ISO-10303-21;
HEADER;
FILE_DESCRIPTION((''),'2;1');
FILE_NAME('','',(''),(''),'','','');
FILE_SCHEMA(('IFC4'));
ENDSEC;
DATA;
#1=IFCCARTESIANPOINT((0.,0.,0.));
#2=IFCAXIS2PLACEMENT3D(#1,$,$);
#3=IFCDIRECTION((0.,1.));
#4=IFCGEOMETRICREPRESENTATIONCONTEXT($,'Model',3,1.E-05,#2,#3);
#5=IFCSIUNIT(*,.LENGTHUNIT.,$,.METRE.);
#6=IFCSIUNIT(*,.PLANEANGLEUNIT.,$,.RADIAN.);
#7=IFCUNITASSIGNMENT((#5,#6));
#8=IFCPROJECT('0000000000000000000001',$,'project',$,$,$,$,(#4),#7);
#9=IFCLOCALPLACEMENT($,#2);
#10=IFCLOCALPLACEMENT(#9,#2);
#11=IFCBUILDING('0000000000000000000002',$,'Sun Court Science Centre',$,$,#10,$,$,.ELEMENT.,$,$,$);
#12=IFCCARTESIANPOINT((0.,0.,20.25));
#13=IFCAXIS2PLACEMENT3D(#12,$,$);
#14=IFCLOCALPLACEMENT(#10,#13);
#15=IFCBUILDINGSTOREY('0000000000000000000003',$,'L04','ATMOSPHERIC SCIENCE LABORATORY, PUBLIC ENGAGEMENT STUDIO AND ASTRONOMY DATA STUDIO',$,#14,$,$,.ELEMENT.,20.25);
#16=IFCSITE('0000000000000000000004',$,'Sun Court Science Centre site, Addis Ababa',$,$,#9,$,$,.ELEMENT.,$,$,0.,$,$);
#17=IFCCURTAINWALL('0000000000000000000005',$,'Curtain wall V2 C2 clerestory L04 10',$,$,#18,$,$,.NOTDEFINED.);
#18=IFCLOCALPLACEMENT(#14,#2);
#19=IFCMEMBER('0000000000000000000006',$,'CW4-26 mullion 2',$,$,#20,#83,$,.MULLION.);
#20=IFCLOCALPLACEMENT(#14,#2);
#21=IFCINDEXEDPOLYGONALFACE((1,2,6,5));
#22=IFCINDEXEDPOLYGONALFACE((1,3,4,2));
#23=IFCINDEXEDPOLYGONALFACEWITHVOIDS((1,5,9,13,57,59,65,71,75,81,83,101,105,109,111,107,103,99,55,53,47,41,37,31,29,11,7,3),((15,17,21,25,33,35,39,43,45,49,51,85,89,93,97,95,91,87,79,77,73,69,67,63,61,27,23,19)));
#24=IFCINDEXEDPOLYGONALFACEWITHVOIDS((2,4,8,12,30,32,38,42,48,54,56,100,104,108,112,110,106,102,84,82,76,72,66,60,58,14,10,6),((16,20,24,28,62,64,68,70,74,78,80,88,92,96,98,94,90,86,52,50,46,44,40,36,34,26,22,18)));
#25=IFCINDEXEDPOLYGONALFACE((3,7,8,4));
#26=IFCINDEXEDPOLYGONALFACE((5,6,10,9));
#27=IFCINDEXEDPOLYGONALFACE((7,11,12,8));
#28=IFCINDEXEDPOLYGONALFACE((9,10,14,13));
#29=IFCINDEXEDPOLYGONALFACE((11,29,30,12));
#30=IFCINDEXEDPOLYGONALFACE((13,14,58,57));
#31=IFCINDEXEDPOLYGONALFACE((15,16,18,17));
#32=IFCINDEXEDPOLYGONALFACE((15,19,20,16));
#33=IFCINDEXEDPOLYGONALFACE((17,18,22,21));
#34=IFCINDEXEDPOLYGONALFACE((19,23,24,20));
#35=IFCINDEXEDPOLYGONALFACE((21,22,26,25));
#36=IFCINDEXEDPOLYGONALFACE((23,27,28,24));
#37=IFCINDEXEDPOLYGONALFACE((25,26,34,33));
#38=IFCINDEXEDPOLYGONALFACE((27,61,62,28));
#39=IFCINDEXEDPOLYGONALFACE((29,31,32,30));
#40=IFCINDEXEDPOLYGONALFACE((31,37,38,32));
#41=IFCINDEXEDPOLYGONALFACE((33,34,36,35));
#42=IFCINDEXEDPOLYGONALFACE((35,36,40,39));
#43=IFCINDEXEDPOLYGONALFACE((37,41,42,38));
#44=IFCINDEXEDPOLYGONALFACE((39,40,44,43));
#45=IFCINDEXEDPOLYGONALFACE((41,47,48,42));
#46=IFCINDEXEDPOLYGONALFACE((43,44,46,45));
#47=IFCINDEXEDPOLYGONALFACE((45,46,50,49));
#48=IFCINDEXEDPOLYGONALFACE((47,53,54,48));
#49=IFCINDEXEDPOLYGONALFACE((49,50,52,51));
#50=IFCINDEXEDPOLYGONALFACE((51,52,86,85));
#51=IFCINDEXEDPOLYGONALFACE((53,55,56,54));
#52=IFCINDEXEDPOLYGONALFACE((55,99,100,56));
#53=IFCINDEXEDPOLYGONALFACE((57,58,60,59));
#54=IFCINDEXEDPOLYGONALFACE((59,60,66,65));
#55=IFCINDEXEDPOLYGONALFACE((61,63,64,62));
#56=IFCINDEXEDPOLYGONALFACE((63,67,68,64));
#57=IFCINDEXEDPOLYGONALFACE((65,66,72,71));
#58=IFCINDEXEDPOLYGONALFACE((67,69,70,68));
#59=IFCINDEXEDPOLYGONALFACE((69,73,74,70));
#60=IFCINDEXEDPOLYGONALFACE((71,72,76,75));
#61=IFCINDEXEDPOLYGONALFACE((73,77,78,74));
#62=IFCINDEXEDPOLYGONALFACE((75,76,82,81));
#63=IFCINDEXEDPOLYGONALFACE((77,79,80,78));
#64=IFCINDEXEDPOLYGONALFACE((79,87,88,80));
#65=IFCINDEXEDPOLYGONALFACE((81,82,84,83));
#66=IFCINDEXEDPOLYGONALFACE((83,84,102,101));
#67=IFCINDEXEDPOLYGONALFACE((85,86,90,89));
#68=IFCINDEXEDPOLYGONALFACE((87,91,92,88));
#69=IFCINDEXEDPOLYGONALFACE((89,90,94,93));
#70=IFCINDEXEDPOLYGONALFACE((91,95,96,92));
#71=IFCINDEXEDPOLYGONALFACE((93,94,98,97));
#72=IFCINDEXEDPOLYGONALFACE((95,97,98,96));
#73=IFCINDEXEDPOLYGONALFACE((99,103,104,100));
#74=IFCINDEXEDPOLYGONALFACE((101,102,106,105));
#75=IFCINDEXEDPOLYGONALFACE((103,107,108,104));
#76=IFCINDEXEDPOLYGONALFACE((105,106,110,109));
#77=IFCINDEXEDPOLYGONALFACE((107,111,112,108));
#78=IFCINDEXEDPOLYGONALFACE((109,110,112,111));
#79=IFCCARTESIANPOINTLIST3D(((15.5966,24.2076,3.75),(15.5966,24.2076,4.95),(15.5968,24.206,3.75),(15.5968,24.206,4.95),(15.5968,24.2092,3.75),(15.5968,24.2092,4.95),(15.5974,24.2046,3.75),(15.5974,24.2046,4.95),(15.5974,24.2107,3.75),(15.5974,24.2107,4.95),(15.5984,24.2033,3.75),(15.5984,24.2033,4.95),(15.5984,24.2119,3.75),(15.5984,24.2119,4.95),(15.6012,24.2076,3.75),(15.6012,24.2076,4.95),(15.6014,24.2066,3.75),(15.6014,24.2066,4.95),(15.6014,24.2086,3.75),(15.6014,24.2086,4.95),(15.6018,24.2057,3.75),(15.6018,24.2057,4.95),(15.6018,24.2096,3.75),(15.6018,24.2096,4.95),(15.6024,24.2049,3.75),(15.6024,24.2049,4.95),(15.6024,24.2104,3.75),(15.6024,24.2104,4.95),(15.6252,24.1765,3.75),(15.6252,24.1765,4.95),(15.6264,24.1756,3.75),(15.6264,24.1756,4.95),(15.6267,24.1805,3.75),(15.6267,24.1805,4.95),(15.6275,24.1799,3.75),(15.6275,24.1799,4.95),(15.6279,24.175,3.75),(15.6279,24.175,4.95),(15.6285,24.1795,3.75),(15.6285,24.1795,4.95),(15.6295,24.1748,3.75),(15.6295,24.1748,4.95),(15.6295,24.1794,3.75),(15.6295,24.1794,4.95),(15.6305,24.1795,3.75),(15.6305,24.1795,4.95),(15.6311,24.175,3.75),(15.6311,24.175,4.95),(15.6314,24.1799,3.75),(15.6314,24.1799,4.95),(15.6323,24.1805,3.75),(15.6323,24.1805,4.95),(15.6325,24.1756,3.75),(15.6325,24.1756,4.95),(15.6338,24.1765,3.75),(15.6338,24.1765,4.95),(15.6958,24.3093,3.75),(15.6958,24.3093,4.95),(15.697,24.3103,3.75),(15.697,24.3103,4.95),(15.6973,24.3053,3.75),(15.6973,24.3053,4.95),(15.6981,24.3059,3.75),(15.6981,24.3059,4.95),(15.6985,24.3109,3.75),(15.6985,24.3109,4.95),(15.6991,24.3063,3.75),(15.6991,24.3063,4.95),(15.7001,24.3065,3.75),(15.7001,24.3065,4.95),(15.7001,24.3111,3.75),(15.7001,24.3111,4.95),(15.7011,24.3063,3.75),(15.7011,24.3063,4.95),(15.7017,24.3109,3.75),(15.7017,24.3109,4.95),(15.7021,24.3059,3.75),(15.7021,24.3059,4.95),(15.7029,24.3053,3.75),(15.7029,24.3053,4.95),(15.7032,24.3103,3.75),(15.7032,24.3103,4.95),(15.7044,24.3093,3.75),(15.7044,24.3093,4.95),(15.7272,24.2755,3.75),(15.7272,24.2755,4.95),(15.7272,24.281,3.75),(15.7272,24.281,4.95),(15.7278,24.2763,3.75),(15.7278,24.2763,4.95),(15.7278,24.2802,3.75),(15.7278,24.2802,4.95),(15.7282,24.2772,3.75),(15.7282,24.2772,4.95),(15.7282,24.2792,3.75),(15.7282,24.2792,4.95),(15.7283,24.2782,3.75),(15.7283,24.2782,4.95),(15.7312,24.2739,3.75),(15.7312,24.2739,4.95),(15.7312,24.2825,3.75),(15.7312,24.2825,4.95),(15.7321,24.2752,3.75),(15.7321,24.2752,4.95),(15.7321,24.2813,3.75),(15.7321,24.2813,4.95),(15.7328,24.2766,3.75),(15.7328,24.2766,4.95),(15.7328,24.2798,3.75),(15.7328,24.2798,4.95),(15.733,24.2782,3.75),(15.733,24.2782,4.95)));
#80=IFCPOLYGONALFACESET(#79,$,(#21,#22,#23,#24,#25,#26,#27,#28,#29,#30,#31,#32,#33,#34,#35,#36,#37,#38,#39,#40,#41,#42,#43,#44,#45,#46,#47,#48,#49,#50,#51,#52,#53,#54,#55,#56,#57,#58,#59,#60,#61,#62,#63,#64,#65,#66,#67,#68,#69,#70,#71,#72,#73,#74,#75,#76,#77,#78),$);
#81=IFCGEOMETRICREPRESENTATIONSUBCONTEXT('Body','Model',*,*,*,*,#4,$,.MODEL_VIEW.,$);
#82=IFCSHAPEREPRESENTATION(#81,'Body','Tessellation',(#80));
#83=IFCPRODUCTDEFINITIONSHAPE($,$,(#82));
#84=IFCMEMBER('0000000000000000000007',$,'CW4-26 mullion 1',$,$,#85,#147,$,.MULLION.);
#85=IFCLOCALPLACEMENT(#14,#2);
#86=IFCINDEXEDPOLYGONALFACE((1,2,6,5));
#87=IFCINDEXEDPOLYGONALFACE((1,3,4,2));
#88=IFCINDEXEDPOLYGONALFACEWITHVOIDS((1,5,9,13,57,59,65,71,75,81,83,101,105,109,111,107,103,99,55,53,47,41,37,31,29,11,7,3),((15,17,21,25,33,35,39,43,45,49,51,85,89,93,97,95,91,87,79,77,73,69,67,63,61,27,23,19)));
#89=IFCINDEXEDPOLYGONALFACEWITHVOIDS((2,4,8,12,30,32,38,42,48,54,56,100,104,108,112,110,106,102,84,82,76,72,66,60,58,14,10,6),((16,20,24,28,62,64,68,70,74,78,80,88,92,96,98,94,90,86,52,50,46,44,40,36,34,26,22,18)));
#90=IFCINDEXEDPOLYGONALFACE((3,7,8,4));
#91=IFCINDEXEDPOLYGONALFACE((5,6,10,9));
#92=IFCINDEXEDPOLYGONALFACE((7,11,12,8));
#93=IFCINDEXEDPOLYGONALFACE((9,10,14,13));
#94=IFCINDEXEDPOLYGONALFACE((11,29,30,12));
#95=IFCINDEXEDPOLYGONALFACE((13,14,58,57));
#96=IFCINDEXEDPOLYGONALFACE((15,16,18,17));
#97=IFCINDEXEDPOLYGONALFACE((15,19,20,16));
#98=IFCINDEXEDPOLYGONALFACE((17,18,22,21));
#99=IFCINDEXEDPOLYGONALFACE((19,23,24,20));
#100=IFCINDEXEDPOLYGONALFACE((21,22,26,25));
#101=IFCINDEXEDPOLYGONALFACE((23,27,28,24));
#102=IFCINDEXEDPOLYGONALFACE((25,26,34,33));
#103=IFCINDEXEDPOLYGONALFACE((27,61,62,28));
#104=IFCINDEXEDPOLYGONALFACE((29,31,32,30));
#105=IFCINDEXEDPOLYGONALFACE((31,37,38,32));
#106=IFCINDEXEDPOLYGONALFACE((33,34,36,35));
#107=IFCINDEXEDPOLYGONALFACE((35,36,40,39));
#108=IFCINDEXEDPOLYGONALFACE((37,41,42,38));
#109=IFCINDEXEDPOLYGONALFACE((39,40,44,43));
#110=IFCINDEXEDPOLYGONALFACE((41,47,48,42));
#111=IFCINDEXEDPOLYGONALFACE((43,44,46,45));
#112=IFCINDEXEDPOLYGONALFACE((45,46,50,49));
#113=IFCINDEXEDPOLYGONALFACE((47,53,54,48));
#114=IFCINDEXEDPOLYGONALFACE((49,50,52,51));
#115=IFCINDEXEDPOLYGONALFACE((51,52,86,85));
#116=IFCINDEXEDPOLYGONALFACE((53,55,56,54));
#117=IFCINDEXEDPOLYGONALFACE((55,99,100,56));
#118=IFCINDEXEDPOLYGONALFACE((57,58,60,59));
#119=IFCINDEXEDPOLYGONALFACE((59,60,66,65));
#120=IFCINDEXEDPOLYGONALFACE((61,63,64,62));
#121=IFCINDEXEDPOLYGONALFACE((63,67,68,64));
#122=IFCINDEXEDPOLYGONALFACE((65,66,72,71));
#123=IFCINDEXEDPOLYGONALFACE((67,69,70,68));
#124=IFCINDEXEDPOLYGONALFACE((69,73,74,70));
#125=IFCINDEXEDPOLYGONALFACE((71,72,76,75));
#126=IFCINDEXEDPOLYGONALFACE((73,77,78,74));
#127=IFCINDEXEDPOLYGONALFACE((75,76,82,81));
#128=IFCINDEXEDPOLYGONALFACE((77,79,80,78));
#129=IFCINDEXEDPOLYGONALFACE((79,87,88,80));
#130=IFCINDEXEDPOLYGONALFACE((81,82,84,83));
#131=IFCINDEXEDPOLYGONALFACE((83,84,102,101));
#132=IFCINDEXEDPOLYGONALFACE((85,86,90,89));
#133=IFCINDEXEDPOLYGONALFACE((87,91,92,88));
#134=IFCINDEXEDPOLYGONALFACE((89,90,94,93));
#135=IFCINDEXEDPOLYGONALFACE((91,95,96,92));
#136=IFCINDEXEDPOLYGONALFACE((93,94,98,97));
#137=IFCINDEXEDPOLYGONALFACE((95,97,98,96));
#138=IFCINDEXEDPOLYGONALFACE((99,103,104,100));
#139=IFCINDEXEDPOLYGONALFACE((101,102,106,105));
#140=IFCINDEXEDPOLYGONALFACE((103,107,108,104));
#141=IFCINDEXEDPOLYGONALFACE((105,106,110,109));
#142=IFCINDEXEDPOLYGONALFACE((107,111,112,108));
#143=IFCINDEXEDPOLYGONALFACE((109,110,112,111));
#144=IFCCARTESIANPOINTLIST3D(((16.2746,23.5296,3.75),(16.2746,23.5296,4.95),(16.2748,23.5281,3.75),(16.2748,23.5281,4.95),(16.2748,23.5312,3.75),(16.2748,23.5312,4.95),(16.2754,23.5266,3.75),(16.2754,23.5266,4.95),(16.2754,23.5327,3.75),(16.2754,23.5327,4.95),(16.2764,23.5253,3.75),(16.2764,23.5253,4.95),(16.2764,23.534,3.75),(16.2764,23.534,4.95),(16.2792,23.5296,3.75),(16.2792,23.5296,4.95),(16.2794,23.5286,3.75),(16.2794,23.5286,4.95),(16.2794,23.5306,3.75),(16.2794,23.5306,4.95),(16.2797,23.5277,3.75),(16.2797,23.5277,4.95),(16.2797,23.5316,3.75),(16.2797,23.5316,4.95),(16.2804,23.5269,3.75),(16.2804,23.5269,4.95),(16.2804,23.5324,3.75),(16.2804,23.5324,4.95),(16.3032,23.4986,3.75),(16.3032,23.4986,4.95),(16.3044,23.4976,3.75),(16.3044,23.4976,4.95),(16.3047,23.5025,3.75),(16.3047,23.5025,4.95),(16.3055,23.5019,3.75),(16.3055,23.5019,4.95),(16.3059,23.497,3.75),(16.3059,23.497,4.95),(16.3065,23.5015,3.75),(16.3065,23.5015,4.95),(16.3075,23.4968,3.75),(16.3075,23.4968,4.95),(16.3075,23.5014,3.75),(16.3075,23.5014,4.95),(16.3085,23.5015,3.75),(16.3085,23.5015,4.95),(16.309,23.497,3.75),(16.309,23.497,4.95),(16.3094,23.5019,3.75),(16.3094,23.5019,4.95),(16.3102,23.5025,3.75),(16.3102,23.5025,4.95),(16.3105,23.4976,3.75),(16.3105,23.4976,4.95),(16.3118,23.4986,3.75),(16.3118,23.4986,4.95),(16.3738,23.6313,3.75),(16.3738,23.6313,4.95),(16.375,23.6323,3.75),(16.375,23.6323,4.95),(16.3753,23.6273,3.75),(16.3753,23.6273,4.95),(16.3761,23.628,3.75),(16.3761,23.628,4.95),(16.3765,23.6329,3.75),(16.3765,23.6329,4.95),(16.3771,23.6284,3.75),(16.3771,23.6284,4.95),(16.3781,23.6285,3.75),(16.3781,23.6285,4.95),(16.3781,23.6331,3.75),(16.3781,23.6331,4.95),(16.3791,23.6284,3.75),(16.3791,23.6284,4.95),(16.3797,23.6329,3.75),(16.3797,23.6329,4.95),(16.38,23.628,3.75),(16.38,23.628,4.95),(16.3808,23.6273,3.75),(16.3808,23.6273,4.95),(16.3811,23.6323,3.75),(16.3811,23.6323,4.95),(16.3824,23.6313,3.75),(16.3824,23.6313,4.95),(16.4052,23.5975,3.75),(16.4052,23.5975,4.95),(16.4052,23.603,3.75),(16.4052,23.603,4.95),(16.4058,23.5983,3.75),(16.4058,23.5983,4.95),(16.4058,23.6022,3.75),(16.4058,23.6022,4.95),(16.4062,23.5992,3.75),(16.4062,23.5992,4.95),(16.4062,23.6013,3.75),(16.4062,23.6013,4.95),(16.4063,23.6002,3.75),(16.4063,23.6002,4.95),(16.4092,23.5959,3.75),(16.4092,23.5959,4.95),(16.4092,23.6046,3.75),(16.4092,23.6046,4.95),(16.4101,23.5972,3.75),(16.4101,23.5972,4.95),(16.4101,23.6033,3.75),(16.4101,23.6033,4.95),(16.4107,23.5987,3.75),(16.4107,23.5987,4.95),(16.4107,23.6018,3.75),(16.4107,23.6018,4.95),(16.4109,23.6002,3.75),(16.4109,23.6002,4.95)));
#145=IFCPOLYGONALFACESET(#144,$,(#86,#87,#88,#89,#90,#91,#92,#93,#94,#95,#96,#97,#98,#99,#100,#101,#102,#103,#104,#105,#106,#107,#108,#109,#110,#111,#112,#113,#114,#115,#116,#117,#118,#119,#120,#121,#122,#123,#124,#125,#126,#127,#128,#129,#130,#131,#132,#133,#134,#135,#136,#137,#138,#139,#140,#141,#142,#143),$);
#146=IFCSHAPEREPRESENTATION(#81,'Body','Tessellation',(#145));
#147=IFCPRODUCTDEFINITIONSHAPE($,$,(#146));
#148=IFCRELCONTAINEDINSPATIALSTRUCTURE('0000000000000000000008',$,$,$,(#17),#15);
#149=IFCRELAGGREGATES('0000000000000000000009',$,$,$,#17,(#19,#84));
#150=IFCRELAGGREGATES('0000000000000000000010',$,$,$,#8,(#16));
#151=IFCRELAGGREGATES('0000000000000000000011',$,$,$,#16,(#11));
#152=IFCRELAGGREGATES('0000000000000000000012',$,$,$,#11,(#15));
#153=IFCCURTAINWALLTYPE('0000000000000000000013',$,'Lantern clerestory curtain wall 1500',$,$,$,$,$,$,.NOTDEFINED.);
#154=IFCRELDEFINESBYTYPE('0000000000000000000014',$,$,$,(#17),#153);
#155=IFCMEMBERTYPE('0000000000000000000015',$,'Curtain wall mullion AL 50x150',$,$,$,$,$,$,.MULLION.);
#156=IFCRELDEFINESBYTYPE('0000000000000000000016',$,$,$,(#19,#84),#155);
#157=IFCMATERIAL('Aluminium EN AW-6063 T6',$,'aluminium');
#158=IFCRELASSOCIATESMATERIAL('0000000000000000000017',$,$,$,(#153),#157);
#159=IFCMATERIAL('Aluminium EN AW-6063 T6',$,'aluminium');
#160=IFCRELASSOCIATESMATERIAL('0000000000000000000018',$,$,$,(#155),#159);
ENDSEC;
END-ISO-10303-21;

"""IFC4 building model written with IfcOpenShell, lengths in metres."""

from ifc_helpers import new_model, si_unit, direction, frame, origin, origin_2d, place, context, subcontext, project, spatial, hollow_rectangle, extrude, material, material_profile, profile_set, type_object, element, aggregate, save


model = new_model("IFC4")

# Units and contexts
model_context = context("Model", 3, precision=1e-05, world=origin(), true_north=direction((0.0, 1.0)))
body_context = subcontext(model_context, "Body", "Model", "MODEL_VIEW")
ifc_project = project(units=[si_unit("LENGTHUNIT", "METRE"), si_unit("PLANEANGLEUNIT", "RADIAN")], contexts=[model_context])

# Site, building, storey
site_placement = place(None, origin())
site = spatial("IfcSite", under=ifc_project, at=site_placement, Name="Sun Court Science Centre site, Addis Ababa", CompositionType="ELEMENT", RefElevation=0.0)
building_placement = place(site_placement, origin())
building = spatial("IfcBuilding", under=site, at=building_placement, Name="Sun Court Science Centre", CompositionType="ELEMENT")
storey_placement = place(building_placement, frame((0.0, 0.0, 20.25)))
storey = spatial("IfcBuildingStorey", under=building, at=storey_placement, Name="L04", Description="ATMOSPHERIC SCIENCE LABORATORY, PUBLIC ENGAGEMENT STUDIO AND ASTRONOMY DATA STUDIO", CompositionType="ELEMENT", Elevation=20.25)

# Curtain wall, members
ifc_material_1 = material(Name="Aluminium EN AW-6063 T6", Category="aluminium")
curtain_wall_type = type_object("IfcCurtainWallType", Name="Lantern clerestory curtain wall 1500", PredefinedType="NOTDEFINED", material=ifc_material_1)
curtain_wall_1_placement = place(storey_placement, origin())
curtain_wall_1 = element("IfcCurtainWall", 1, at=curtain_wall_1_placement, inside=storey, type_object=curtain_wall_type, Name="Curtain wall V2 C2 clerestory L04 10", PredefinedType="NOTDEFINED")
ifc_material_2 = material(Name="Aluminium EN AW-6063 T6", Category="aluminium")
ifc_material_profile_1 = material_profile(ifc_material_2, hollow_rectangle(XDim=0.05, YDim=0.1499, WallThickness=0.0039, InnerFilletRadius=0.0039, OuterFilletRadius=0.0061, at=origin_2d()), Name="AL 50x150x4")
ifc_profile_set_1 = profile_set([ifc_material_profile_1], Name="Aluminium EN AW-6063 T6")
member_type_1 = type_object("IfcMemberType", Name="Curtain wall mullion AL 50x150", PredefinedType="MULLION", material=ifc_profile_set_1)
member_1_placement = place(storey_placement, frame((15.6648, 24.2429, 3.75), z_axis=(0.0, 0.0, 1.0), x_axis=(-0.707107, 0.707107, 0.0)))
member_1 = element("IfcMember", 2, at=member_1_placement, type_object=member_type_1, Name="CW4-26 mullion 2", PredefinedType="MULLION", context=body_context, shape_type="SweptSolid", body=[
    extrude(hollow_rectangle(XDim=0.05, YDim=0.1499, WallThickness=0.0039, InnerFilletRadius=0.0039, OuterFilletRadius=0.0061, at=origin_2d()), origin(), (0.0, 0.0, 1.0), 1.2),
])
member_2_placement = place(storey_placement, frame((16.3428, 23.5649, 3.75), z_axis=(0.0, 0.0, 1.0), x_axis=(-0.707107, 0.707107, 0.0)))
member_2 = element("IfcMember", 3, at=member_2_placement, type_object=member_type_1, Name="CW4-26 mullion 1", PredefinedType="MULLION", context=body_context, shape_type="SweptSolid", body=[
    extrude(hollow_rectangle(XDim=0.05, YDim=0.1499, WallThickness=0.0039, InnerFilletRadius=0.0039, OuterFilletRadius=0.0061, at=origin_2d()), origin(), (0.0, 0.0, 1.0), 1.2),
])

aggregate(curtain_wall_1, [member_1, member_2])

save(model, "model.ifc")
